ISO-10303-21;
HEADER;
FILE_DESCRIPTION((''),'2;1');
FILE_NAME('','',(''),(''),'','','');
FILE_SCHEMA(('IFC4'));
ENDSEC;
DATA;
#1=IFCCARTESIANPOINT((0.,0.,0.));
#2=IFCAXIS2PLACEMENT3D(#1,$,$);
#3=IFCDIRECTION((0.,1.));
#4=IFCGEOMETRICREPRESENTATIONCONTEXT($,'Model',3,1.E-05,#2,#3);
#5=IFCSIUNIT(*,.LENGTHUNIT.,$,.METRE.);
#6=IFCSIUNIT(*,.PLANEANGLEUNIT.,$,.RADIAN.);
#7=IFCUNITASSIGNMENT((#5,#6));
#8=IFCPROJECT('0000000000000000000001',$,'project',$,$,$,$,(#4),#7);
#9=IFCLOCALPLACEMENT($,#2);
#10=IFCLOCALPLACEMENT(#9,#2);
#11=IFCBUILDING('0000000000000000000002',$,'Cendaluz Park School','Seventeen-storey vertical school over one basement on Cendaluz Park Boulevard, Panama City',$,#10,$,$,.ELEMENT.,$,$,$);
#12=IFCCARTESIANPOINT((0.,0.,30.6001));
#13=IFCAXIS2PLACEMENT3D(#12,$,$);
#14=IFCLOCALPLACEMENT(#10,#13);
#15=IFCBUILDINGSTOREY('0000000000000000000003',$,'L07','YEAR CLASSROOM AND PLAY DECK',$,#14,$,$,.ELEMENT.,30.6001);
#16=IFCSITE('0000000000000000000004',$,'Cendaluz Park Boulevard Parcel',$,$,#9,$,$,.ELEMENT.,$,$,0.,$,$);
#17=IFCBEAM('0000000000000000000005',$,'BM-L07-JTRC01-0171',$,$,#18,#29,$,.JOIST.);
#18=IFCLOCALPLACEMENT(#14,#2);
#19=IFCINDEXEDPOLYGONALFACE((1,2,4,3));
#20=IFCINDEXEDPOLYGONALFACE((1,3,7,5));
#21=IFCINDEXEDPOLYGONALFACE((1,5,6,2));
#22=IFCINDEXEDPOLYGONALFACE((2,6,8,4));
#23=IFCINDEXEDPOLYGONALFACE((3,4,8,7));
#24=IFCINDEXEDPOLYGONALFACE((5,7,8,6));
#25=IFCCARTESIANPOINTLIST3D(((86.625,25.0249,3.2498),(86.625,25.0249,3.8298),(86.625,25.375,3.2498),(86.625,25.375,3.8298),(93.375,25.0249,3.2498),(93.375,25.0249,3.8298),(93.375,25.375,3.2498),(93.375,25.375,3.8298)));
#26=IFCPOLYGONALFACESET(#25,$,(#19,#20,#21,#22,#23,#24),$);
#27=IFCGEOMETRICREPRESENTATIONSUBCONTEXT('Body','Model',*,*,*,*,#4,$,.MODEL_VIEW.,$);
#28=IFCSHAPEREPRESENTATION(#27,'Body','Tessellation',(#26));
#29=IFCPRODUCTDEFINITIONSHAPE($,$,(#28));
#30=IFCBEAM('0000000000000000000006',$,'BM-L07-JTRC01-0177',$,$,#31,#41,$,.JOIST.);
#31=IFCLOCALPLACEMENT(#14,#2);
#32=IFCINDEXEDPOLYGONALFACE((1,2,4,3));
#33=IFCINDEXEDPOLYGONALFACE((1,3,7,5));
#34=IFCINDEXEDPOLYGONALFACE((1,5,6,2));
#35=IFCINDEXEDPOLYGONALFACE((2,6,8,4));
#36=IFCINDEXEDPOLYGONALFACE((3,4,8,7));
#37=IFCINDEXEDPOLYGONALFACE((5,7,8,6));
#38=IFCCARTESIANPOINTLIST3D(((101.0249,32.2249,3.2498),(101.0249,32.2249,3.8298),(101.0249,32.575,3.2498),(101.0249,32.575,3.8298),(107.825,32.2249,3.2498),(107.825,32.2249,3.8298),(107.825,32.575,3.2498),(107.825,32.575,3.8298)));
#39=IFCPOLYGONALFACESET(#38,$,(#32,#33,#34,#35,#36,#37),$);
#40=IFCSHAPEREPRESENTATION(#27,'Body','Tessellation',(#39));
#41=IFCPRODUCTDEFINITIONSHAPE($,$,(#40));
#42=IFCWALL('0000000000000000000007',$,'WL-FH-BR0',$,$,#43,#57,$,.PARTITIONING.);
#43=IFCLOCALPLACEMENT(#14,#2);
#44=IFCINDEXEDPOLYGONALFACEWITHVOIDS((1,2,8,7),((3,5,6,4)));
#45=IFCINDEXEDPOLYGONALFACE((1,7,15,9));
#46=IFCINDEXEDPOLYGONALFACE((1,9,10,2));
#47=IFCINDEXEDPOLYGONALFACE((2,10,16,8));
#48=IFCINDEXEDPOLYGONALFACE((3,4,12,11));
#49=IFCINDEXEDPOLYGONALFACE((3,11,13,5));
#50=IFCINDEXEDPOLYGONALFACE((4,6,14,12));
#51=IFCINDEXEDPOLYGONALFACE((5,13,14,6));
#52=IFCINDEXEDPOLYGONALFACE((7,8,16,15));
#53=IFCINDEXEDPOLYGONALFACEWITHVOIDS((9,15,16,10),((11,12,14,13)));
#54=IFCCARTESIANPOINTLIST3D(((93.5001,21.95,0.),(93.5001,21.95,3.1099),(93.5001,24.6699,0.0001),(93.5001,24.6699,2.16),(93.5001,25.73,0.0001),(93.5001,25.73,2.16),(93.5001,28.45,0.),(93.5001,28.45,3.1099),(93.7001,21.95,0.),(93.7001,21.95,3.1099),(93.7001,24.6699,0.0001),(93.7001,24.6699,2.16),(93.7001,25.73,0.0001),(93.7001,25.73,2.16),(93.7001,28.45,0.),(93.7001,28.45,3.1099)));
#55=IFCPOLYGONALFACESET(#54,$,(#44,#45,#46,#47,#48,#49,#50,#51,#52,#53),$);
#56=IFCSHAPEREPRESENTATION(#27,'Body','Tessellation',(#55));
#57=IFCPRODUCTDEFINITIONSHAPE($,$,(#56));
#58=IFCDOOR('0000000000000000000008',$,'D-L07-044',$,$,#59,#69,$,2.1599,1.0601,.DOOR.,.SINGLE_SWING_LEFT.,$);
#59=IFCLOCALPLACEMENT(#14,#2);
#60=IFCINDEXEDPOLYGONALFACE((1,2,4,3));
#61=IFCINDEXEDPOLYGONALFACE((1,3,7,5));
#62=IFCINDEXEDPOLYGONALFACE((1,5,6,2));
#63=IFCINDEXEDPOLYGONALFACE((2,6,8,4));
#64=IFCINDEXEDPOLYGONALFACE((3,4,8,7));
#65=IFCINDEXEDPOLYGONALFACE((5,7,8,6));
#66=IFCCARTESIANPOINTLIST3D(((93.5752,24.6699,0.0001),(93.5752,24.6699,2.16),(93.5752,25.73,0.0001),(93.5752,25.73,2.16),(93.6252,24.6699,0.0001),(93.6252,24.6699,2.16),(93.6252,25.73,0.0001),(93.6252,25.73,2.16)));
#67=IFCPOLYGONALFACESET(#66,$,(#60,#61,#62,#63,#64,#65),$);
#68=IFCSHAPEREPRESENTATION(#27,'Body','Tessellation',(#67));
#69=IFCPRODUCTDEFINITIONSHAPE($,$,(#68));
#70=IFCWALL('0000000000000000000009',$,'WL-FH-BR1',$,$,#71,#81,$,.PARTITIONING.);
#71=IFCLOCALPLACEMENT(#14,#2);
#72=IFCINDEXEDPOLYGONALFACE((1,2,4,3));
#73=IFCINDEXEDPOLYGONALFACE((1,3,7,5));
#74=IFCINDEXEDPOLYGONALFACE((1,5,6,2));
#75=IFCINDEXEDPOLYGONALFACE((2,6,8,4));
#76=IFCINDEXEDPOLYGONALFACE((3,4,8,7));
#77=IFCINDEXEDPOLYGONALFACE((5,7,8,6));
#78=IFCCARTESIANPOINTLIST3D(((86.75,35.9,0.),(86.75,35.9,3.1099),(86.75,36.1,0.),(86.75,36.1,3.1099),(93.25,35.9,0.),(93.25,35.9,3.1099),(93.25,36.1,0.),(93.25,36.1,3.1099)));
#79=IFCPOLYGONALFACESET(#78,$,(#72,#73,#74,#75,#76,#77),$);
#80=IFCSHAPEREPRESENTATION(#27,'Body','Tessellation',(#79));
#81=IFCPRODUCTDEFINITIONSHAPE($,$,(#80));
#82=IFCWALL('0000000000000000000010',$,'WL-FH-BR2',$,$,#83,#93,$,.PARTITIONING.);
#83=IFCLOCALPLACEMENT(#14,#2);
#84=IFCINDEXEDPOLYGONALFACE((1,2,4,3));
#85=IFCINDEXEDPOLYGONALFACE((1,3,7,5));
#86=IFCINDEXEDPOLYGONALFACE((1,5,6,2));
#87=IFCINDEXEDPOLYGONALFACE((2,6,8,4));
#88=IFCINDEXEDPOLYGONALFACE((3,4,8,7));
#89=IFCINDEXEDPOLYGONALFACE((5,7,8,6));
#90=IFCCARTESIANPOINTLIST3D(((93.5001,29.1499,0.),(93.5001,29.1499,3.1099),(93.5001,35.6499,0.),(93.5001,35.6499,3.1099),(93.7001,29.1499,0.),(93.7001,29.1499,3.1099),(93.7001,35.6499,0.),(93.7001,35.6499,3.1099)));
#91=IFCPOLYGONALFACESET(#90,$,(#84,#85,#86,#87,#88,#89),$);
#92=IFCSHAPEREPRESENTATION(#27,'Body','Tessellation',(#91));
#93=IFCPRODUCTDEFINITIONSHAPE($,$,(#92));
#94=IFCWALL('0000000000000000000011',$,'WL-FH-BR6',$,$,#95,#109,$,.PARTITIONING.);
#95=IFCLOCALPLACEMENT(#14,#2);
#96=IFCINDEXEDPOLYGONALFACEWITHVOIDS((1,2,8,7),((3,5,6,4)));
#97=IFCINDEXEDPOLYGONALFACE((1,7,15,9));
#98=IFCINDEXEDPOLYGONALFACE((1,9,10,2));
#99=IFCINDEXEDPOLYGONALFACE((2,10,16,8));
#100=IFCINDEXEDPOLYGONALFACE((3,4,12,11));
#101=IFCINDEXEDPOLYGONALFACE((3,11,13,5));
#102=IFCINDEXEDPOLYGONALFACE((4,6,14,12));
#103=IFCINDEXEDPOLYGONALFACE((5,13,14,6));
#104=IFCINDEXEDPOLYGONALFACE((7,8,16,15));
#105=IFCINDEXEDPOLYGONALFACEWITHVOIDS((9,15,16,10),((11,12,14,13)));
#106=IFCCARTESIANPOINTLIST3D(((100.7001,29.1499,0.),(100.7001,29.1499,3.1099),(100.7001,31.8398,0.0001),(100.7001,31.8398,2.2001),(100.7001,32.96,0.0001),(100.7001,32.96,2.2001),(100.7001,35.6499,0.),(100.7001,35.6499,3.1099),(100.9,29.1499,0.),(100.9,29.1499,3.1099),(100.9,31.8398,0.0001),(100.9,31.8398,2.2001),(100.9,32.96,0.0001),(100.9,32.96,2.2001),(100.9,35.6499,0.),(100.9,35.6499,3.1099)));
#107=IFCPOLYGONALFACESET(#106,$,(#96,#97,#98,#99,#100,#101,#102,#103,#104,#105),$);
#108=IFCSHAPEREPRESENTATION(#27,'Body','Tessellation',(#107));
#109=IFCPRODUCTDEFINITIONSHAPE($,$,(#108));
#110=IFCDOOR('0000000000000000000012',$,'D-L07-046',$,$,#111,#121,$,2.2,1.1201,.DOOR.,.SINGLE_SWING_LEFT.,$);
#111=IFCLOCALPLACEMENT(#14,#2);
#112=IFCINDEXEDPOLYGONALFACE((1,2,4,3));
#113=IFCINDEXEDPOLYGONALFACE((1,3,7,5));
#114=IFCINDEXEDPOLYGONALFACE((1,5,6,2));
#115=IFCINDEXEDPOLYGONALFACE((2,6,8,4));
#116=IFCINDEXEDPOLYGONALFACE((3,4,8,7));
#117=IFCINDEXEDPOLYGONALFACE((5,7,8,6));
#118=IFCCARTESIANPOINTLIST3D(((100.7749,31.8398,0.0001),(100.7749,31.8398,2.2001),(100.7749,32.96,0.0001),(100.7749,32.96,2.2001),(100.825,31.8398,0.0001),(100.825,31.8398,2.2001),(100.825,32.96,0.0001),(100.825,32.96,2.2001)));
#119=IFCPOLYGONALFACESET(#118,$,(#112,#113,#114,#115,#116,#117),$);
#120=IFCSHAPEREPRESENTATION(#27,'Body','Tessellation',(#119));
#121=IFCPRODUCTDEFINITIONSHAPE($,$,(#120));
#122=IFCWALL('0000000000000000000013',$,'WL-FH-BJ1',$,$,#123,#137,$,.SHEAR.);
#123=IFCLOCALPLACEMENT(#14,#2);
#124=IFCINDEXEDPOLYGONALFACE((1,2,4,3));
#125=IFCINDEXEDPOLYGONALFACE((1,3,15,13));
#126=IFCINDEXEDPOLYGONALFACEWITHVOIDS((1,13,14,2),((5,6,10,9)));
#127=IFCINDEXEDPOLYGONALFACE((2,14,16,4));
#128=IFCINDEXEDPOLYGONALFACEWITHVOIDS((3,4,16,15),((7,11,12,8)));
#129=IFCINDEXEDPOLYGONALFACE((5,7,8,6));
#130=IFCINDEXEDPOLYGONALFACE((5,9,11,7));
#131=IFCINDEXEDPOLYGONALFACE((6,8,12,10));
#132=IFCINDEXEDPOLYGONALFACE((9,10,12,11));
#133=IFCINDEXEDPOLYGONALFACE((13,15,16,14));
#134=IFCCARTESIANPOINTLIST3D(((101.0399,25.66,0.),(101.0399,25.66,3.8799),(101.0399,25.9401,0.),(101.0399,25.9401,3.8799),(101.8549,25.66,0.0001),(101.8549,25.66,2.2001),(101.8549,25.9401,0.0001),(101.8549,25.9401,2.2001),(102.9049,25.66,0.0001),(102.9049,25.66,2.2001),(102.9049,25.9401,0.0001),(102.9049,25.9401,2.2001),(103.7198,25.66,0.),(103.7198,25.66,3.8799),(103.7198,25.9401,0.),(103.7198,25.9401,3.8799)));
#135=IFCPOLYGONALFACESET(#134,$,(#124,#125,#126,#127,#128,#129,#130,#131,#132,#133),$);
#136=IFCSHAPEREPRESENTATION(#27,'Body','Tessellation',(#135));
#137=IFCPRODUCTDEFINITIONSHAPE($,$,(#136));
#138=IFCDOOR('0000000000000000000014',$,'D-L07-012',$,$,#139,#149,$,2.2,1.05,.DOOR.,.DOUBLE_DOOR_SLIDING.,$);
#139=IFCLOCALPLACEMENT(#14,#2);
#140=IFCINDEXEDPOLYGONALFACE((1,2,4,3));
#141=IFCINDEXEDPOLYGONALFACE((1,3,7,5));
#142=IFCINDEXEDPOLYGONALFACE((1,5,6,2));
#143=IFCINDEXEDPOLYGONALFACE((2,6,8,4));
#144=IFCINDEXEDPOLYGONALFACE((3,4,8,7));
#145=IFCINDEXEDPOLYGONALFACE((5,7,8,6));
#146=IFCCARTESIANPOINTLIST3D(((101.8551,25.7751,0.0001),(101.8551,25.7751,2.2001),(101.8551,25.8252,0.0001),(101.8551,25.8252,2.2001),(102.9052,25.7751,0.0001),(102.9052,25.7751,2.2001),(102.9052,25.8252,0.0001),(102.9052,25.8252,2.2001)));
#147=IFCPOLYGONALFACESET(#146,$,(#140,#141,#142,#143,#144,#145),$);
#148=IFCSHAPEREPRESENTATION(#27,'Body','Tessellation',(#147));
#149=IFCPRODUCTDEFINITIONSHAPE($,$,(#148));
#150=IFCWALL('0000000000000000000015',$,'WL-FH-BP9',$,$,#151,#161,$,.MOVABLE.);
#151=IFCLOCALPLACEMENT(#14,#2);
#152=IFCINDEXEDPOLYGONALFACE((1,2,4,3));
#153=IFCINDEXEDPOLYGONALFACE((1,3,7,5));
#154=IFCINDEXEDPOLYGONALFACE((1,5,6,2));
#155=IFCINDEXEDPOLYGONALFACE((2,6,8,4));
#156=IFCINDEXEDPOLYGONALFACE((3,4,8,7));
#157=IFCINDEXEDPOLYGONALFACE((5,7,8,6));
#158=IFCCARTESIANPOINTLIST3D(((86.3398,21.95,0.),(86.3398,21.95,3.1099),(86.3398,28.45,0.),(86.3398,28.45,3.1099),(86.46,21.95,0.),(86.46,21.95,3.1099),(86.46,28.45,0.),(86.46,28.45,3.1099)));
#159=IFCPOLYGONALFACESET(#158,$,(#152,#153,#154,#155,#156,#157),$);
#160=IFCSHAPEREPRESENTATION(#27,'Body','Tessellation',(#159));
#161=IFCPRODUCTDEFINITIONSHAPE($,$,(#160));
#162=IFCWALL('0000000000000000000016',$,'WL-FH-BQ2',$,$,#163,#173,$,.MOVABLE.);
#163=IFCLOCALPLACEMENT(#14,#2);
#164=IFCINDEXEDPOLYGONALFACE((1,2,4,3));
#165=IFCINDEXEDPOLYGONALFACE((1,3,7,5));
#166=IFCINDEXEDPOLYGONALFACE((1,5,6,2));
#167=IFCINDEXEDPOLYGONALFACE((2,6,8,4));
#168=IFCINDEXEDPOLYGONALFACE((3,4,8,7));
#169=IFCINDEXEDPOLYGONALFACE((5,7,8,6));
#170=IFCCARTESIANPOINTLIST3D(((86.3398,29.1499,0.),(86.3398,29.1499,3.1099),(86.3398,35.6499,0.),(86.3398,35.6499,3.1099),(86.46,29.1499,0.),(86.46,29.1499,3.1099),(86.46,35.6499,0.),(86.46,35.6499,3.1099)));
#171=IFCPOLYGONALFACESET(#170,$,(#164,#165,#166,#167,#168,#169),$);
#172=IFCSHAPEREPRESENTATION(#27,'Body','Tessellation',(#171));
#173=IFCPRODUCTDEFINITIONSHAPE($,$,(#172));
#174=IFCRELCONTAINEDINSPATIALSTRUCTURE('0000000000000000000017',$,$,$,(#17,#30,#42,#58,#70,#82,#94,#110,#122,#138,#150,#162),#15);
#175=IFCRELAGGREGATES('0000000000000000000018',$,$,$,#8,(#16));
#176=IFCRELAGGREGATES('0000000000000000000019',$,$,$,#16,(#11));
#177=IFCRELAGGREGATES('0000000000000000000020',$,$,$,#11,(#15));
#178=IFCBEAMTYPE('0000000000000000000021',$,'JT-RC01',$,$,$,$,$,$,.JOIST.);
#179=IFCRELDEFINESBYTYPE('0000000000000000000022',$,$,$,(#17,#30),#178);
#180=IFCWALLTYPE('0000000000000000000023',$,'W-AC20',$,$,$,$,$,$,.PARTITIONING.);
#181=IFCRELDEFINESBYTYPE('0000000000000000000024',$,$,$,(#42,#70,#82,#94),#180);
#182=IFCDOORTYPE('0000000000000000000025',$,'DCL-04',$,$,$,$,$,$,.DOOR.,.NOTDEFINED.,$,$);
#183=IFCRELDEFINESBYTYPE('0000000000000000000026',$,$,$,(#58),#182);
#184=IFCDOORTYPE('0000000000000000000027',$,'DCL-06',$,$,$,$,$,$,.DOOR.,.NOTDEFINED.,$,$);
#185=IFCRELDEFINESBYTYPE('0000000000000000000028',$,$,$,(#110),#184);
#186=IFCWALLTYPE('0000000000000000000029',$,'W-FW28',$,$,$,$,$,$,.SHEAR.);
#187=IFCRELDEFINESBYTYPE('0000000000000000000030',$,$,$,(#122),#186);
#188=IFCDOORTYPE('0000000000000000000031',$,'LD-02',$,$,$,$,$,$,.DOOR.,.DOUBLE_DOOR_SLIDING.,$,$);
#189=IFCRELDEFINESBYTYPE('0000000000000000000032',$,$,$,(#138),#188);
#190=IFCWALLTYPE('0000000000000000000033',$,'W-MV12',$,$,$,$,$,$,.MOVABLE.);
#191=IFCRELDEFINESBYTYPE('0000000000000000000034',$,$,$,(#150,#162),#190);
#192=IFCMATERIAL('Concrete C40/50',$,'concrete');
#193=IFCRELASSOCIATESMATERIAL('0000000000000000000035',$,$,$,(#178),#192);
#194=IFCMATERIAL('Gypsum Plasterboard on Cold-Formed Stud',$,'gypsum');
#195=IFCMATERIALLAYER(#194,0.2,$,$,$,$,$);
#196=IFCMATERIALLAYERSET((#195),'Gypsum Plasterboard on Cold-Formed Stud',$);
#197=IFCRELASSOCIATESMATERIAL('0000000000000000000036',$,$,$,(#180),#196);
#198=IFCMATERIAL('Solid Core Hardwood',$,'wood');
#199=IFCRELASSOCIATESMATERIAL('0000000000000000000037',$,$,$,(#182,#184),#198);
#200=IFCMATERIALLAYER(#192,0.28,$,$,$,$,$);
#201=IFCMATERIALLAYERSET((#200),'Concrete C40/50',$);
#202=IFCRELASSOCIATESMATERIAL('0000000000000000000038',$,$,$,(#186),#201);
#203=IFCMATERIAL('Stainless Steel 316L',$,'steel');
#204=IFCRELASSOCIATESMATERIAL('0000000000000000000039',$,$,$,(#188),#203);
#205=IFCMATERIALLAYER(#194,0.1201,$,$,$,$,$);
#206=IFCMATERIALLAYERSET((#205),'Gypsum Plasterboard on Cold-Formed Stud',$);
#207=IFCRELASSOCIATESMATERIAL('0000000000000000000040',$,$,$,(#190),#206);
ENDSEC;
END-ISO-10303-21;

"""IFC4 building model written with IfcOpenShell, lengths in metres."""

from ifc_helpers import new_model, si_unit, direction, frame, frame_2d, origin, origin_2d, place, context, subcontext, project, spatial, rectangle, extrude, material, layer, layer_set, material_profile, profile_set, type_object, element, fill, save


model = new_model("IFC4")

# Units and contexts
model_context = context("Model", 3, precision=1e-05, world=origin(), true_north=direction((0.0, 1.0)))
body_context = subcontext(model_context, "Body", "Model", "MODEL_VIEW")
ifc_project = project(units=[si_unit("LENGTHUNIT", "METRE"), si_unit("PLANEANGLEUNIT", "RADIAN")], contexts=[model_context])

# Site, building, storey
site_placement = place(None, origin())
site = spatial("IfcSite", under=ifc_project, at=site_placement, Name="Cendaluz Park Boulevard Parcel", CompositionType="ELEMENT", RefElevation=0.0)
building_placement = place(site_placement, origin())
building = spatial("IfcBuilding", under=site, at=building_placement, Name="Cendaluz Park School", Description="Seventeen-storey vertical school over one basement on Cendaluz Park Boulevard, Panama City", CompositionType="ELEMENT")
storey_placement = place(building_placement, frame((0.0, 0.0, 30.6001)))
storey = spatial("IfcBuildingStorey", under=building, at=storey_placement, Name="L07", Description="YEAR CLASSROOM AND PLAY DECK", CompositionType="ELEMENT", Elevation=30.6001)

# Shared definitions
ifc_material_1 = material(Name="Concrete C40/50", Category="concrete")

# Beams
ifc_material_profile_1 = material_profile(ifc_material_1, rectangle(XDim=0.3501, YDim=0.5801, at=origin_2d()), Name="RC 350x580", Category="concrete")
ifc_profile_set_1 = profile_set([ifc_material_profile_1], Name="Concrete C40/50")
beam_type_1 = type_object("IfcBeamType", Name="JT-RC01", PredefinedType="JOIST", material=ifc_profile_set_1)
beam_1_placement = place(storey_placement, frame((86.625, 25.2, 3.5398), z_axis=(1.0, 0.0, 0.0), x_axis=(0.0, 1.0, 0.0)))
element("IfcBeam", 1, at=beam_1_placement, inside=storey, type_object=beam_type_1, Name="BM-L07-JTRC01-0171", PredefinedType="JOIST", context=body_context, shape_type="SweptSolid", body=[
    extrude(rectangle(XDim=0.3501, YDim=0.5801, at=origin_2d()), origin(), (0.0, 0.0, 1.0), 6.75),
])
beam_2_placement = place(storey_placement, frame((101.0249, 32.3999, 3.5398), z_axis=(1.0, 0.0, 0.0), x_axis=(0.0, 1.0, 0.0)))
element("IfcBeam", 2, at=beam_2_placement, inside=storey, type_object=beam_type_1, Name="BM-L07-JTRC01-0177", PredefinedType="JOIST", context=body_context, shape_type="SweptSolid", body=[
    extrude(rectangle(XDim=0.3501, YDim=0.5801, at=origin_2d()), origin(), (0.0, 0.0, 1.0), 6.8),
])

# Wall, opening, door
ifc_material_2 = material(Name="Gypsum Plasterboard on Cold-Formed Stud", Category="gypsum")
ifc_layer_1 = layer(ifc_material_2, 0.2)
ifc_layer_set_1 = layer_set([ifc_layer_1], Name="Gypsum Plasterboard on Cold-Formed Stud")
wall_type_1 = type_object("IfcWallType", Name="W-AC20", PredefinedType="PARTITIONING", material=ifc_layer_set_1)
wall_1_placement = place(storey_placement, frame((93.6001, 21.95, 0.0), z_axis=(0.0, 0.0, 1.0), x_axis=(0.0, 1.0, 0.0)))
wall_1 = element("IfcWall", 3, at=wall_1_placement, inside=storey, type_object=wall_type_1, Name="WL-FH-BR0", PredefinedType="PARTITIONING", context=body_context, shape_type="SweptSolid", body=[
    extrude(rectangle(XDim=6.5, YDim=0.2, at=frame_2d((3.25, 0.0))), origin(), (0.0, 0.0, 1.0), 3.1099),
])
opening_1_placement = place(wall_1_placement, frame((2.72, 0.0, 0.0)))
opening_1 = element("IfcOpeningElement", 4, at=opening_1_placement, cuts=wall_1, PredefinedType="OPENING", context=body_context, shape_type="SweptSolid", body=[
    extrude(rectangle(XDim=1.0601, YDim=2.1599, at=frame_2d((0.53, 1.0801))), frame((0.0, 0.1121, 0.0), z_axis=(0.0, -1.0, 0.0), x_axis=(1.0, 0.0, 0.0)), (0.0, 0.0, 1.0), 0.2239),
])
ifc_material_3 = material(Name="Solid Core Hardwood", Category="wood")
door_type_1 = type_object("IfcDoorType", Name="DCL-04", OperationType="NOTDEFINED", PredefinedType="DOOR", material=ifc_material_3)
door_1_placement = place(opening_1_placement, origin())
door_1 = element("IfcDoor", 5, at=door_1_placement, inside=storey, type_object=door_type_1, Name="D-L07-044", OperationType="SINGLE_SWING_LEFT", OverallHeight=2.1599, OverallWidth=1.0601, PredefinedType="DOOR", context=body_context, shape_type="SweptSolid", body=[
    extrude(rectangle(XDim=1.0601, YDim=2.1599, at=frame_2d((0.53, 1.0801))), frame((0.0, 0.0249, 0.0), z_axis=(0.0, -1.0, 0.0), x_axis=(1.0, 0.0, 0.0)), (0.0, 0.0, 1.0), 0.05),
])
fill(opening_1, door_1)

# Walls
for number, where, z_axis, x_axis, name in (
    (6, (86.75, 36.0, 0.0), (0.0, 0.0, 1.0), (1.0, 0.0, 0.0), "WL-FH-BR1"),
    (7, (93.6001, 29.1499, 0.0), (0.0, 0.0, 1.0), (0.0, 1.0, 0.0), "WL-FH-BR2"),
):
    element("IfcWall", number, at=place(storey_placement, frame(where, z_axis=z_axis, x_axis=x_axis)), inside=storey, type_object=wall_type_1, Name=name, PredefinedType="PARTITIONING", context=body_context, shape_type="SweptSolid", body=[
        extrude(rectangle(XDim=6.5, YDim=0.2, at=frame_2d((3.25, 0.0))), origin(), (0.0, 0.0, 1.0), 3.1099),
    ])

# Walls, openings, doors
wall_2_placement = place(storey_placement, frame((100.8, 29.1499, 0.0), z_axis=(0.0, 0.0, 1.0), x_axis=(0.0, 1.0, 0.0)))
wall_2 = element("IfcWall", 8, at=wall_2_placement, inside=storey, type_object=wall_type_1, Name="WL-FH-BR6", PredefinedType="PARTITIONING", context=body_context, shape_type="SweptSolid", body=[
    extrude(rectangle(XDim=6.5, YDim=0.2, at=frame_2d((3.25, 0.0))), origin(), (0.0, 0.0, 1.0), 3.1099),
])
opening_2_placement = place(wall_2_placement, frame((2.6899, 0.0, 0.0)))
opening_2 = element("IfcOpeningElement", 9, at=opening_2_placement, cuts=wall_2, PredefinedType="OPENING", context=body_context, shape_type="SweptSolid", body=[
    extrude(rectangle(XDim=1.1201, YDim=2.2, at=frame_2d((0.5601, 1.1001))), frame((0.0, 0.1121, 0.0), z_axis=(0.0, -1.0, 0.0), x_axis=(1.0, 0.0, 0.0)), (0.0, 0.0, 1.0), 0.2239),
])
door_type_2 = type_object("IfcDoorType", Name="DCL-06", OperationType="NOTDEFINED", PredefinedType="DOOR", material=ifc_material_3)
door_2_placement = place(opening_2_placement, frame((1.1201, 0.0, 0.0), z_axis=(0.0, 0.0, 1.0), x_axis=(-1.0, 0.0, 0.0)))
door_2 = element("IfcDoor", 10, at=door_2_placement, inside=storey, type_object=door_type_2, Name="D-L07-046", OperationType="SINGLE_SWING_LEFT", OverallHeight=2.2, OverallWidth=1.1201, PredefinedType="DOOR", context=body_context, shape_type="SweptSolid", body=[
    extrude(rectangle(XDim=1.1201, YDim=2.2, at=frame_2d((0.5601, 1.1001))), frame((0.0, 0.0249, 0.0), z_axis=(0.0, -1.0, 0.0), x_axis=(1.0, 0.0, 0.0)), (0.0, 0.0, 1.0), 0.05),
])
fill(opening_2, door_2)
ifc_layer_2 = layer(ifc_material_1, 0.28)
ifc_layer_set_2 = layer_set([ifc_layer_2], Name="Concrete C40/50")
wall_type_2 = type_object("IfcWallType", Name="W-FW28", PredefinedType="SHEAR", material=ifc_layer_set_2)
wall_3_placement = place(storey_placement, frame((101.04, 25.8, 0.0), z_axis=(0.0, 0.0, 1.0), x_axis=(1.0, 0.0, 0.0)))
wall_3 = element("IfcWall", 11, at=wall_3_placement, inside=storey, type_object=wall_type_2, Name="WL-FH-BJ1", PredefinedType="SHEAR", context=body_context, shape_type="SweptSolid", body=[
    extrude(rectangle(XDim=2.6799, YDim=0.28, at=frame_2d((1.3398, 0.0))), origin(), (0.0, 0.0, 1.0), 3.8799),
])
opening_3_placement = place(wall_3_placement, frame((0.8149, 0.0, 0.0)))
opening_3 = element("IfcOpeningElement", 12, at=opening_3_placement, cuts=wall_3, PredefinedType="OPENING", context=body_context, shape_type="SweptSolid", body=[
    extrude(rectangle(XDim=1.05, YDim=2.2, at=frame_2d((0.5249, 1.1001))), frame((0.0, 0.1521, 0.0), z_axis=(0.0, -1.0, 0.0), x_axis=(1.0, 0.0, 0.0)), (0.0, 0.0, 1.0), 0.304),
])
ifc_material_4 = material(Name="Stainless Steel 316L", Category="steel")
door_type_3 = type_object("IfcDoorType", Name="LD-02", OperationType="DOUBLE_DOOR_SLIDING", PredefinedType="DOOR", material=ifc_material_4)
door_3_placement = place(opening_3_placement, frame((1.05, 0.0, 0.0), z_axis=(0.0, 0.0, 1.0), x_axis=(-1.0, 0.0, 0.0)))
door_3 = element("IfcDoor", 13, at=door_3_placement, inside=storey, type_object=door_type_3, Name="D-L07-012", OperationType="DOUBLE_DOOR_SLIDING", OverallHeight=2.2, OverallWidth=1.05, PredefinedType="DOOR", context=body_context, shape_type="SweptSolid", body=[
    extrude(rectangle(XDim=1.05, YDim=2.2, at=frame_2d((0.5249, 1.1001))), frame((0.0, 0.0249, 0.0), z_axis=(0.0, -1.0, 0.0), x_axis=(1.0, 0.0, 0.0)), (0.0, 0.0, 1.0), 0.05),
])
fill(opening_3, door_3)

# Walls
ifc_layer_3 = layer(ifc_material_2, 0.1201)
ifc_layer_set_3 = layer_set([ifc_layer_3], Name="Gypsum Plasterboard on Cold-Formed Stud")
wall_type_3 = type_object("IfcWallType", Name="W-MV12", PredefinedType="MOVABLE", material=ifc_layer_set_3)
for number, where, z_axis, x_axis, name in (
    (14, (86.3999, 21.95, 0.0), (0.0, 0.0, 1.0), (0.0, 1.0, 0.0), "WL-FH-BP9"),
    (15, (86.3999, 29.1499, 0.0), (0.0, 0.0, 1.0), (0.0, 1.0, 0.0), "WL-FH-BQ2"),
):
    element("IfcWall", number, at=place(storey_placement, frame(where, z_axis=z_axis, x_axis=x_axis)), inside=storey, type_object=wall_type_3, Name=name, PredefinedType="MOVABLE", context=body_context, shape_type="SweptSolid", body=[
        extrude(rectangle(XDim=6.5, YDim=0.1201, at=frame_2d((3.25, 0.0))), origin(), (0.0, 0.0, 1.0), 3.1099),
    ])

save(model, "model.ifc")
